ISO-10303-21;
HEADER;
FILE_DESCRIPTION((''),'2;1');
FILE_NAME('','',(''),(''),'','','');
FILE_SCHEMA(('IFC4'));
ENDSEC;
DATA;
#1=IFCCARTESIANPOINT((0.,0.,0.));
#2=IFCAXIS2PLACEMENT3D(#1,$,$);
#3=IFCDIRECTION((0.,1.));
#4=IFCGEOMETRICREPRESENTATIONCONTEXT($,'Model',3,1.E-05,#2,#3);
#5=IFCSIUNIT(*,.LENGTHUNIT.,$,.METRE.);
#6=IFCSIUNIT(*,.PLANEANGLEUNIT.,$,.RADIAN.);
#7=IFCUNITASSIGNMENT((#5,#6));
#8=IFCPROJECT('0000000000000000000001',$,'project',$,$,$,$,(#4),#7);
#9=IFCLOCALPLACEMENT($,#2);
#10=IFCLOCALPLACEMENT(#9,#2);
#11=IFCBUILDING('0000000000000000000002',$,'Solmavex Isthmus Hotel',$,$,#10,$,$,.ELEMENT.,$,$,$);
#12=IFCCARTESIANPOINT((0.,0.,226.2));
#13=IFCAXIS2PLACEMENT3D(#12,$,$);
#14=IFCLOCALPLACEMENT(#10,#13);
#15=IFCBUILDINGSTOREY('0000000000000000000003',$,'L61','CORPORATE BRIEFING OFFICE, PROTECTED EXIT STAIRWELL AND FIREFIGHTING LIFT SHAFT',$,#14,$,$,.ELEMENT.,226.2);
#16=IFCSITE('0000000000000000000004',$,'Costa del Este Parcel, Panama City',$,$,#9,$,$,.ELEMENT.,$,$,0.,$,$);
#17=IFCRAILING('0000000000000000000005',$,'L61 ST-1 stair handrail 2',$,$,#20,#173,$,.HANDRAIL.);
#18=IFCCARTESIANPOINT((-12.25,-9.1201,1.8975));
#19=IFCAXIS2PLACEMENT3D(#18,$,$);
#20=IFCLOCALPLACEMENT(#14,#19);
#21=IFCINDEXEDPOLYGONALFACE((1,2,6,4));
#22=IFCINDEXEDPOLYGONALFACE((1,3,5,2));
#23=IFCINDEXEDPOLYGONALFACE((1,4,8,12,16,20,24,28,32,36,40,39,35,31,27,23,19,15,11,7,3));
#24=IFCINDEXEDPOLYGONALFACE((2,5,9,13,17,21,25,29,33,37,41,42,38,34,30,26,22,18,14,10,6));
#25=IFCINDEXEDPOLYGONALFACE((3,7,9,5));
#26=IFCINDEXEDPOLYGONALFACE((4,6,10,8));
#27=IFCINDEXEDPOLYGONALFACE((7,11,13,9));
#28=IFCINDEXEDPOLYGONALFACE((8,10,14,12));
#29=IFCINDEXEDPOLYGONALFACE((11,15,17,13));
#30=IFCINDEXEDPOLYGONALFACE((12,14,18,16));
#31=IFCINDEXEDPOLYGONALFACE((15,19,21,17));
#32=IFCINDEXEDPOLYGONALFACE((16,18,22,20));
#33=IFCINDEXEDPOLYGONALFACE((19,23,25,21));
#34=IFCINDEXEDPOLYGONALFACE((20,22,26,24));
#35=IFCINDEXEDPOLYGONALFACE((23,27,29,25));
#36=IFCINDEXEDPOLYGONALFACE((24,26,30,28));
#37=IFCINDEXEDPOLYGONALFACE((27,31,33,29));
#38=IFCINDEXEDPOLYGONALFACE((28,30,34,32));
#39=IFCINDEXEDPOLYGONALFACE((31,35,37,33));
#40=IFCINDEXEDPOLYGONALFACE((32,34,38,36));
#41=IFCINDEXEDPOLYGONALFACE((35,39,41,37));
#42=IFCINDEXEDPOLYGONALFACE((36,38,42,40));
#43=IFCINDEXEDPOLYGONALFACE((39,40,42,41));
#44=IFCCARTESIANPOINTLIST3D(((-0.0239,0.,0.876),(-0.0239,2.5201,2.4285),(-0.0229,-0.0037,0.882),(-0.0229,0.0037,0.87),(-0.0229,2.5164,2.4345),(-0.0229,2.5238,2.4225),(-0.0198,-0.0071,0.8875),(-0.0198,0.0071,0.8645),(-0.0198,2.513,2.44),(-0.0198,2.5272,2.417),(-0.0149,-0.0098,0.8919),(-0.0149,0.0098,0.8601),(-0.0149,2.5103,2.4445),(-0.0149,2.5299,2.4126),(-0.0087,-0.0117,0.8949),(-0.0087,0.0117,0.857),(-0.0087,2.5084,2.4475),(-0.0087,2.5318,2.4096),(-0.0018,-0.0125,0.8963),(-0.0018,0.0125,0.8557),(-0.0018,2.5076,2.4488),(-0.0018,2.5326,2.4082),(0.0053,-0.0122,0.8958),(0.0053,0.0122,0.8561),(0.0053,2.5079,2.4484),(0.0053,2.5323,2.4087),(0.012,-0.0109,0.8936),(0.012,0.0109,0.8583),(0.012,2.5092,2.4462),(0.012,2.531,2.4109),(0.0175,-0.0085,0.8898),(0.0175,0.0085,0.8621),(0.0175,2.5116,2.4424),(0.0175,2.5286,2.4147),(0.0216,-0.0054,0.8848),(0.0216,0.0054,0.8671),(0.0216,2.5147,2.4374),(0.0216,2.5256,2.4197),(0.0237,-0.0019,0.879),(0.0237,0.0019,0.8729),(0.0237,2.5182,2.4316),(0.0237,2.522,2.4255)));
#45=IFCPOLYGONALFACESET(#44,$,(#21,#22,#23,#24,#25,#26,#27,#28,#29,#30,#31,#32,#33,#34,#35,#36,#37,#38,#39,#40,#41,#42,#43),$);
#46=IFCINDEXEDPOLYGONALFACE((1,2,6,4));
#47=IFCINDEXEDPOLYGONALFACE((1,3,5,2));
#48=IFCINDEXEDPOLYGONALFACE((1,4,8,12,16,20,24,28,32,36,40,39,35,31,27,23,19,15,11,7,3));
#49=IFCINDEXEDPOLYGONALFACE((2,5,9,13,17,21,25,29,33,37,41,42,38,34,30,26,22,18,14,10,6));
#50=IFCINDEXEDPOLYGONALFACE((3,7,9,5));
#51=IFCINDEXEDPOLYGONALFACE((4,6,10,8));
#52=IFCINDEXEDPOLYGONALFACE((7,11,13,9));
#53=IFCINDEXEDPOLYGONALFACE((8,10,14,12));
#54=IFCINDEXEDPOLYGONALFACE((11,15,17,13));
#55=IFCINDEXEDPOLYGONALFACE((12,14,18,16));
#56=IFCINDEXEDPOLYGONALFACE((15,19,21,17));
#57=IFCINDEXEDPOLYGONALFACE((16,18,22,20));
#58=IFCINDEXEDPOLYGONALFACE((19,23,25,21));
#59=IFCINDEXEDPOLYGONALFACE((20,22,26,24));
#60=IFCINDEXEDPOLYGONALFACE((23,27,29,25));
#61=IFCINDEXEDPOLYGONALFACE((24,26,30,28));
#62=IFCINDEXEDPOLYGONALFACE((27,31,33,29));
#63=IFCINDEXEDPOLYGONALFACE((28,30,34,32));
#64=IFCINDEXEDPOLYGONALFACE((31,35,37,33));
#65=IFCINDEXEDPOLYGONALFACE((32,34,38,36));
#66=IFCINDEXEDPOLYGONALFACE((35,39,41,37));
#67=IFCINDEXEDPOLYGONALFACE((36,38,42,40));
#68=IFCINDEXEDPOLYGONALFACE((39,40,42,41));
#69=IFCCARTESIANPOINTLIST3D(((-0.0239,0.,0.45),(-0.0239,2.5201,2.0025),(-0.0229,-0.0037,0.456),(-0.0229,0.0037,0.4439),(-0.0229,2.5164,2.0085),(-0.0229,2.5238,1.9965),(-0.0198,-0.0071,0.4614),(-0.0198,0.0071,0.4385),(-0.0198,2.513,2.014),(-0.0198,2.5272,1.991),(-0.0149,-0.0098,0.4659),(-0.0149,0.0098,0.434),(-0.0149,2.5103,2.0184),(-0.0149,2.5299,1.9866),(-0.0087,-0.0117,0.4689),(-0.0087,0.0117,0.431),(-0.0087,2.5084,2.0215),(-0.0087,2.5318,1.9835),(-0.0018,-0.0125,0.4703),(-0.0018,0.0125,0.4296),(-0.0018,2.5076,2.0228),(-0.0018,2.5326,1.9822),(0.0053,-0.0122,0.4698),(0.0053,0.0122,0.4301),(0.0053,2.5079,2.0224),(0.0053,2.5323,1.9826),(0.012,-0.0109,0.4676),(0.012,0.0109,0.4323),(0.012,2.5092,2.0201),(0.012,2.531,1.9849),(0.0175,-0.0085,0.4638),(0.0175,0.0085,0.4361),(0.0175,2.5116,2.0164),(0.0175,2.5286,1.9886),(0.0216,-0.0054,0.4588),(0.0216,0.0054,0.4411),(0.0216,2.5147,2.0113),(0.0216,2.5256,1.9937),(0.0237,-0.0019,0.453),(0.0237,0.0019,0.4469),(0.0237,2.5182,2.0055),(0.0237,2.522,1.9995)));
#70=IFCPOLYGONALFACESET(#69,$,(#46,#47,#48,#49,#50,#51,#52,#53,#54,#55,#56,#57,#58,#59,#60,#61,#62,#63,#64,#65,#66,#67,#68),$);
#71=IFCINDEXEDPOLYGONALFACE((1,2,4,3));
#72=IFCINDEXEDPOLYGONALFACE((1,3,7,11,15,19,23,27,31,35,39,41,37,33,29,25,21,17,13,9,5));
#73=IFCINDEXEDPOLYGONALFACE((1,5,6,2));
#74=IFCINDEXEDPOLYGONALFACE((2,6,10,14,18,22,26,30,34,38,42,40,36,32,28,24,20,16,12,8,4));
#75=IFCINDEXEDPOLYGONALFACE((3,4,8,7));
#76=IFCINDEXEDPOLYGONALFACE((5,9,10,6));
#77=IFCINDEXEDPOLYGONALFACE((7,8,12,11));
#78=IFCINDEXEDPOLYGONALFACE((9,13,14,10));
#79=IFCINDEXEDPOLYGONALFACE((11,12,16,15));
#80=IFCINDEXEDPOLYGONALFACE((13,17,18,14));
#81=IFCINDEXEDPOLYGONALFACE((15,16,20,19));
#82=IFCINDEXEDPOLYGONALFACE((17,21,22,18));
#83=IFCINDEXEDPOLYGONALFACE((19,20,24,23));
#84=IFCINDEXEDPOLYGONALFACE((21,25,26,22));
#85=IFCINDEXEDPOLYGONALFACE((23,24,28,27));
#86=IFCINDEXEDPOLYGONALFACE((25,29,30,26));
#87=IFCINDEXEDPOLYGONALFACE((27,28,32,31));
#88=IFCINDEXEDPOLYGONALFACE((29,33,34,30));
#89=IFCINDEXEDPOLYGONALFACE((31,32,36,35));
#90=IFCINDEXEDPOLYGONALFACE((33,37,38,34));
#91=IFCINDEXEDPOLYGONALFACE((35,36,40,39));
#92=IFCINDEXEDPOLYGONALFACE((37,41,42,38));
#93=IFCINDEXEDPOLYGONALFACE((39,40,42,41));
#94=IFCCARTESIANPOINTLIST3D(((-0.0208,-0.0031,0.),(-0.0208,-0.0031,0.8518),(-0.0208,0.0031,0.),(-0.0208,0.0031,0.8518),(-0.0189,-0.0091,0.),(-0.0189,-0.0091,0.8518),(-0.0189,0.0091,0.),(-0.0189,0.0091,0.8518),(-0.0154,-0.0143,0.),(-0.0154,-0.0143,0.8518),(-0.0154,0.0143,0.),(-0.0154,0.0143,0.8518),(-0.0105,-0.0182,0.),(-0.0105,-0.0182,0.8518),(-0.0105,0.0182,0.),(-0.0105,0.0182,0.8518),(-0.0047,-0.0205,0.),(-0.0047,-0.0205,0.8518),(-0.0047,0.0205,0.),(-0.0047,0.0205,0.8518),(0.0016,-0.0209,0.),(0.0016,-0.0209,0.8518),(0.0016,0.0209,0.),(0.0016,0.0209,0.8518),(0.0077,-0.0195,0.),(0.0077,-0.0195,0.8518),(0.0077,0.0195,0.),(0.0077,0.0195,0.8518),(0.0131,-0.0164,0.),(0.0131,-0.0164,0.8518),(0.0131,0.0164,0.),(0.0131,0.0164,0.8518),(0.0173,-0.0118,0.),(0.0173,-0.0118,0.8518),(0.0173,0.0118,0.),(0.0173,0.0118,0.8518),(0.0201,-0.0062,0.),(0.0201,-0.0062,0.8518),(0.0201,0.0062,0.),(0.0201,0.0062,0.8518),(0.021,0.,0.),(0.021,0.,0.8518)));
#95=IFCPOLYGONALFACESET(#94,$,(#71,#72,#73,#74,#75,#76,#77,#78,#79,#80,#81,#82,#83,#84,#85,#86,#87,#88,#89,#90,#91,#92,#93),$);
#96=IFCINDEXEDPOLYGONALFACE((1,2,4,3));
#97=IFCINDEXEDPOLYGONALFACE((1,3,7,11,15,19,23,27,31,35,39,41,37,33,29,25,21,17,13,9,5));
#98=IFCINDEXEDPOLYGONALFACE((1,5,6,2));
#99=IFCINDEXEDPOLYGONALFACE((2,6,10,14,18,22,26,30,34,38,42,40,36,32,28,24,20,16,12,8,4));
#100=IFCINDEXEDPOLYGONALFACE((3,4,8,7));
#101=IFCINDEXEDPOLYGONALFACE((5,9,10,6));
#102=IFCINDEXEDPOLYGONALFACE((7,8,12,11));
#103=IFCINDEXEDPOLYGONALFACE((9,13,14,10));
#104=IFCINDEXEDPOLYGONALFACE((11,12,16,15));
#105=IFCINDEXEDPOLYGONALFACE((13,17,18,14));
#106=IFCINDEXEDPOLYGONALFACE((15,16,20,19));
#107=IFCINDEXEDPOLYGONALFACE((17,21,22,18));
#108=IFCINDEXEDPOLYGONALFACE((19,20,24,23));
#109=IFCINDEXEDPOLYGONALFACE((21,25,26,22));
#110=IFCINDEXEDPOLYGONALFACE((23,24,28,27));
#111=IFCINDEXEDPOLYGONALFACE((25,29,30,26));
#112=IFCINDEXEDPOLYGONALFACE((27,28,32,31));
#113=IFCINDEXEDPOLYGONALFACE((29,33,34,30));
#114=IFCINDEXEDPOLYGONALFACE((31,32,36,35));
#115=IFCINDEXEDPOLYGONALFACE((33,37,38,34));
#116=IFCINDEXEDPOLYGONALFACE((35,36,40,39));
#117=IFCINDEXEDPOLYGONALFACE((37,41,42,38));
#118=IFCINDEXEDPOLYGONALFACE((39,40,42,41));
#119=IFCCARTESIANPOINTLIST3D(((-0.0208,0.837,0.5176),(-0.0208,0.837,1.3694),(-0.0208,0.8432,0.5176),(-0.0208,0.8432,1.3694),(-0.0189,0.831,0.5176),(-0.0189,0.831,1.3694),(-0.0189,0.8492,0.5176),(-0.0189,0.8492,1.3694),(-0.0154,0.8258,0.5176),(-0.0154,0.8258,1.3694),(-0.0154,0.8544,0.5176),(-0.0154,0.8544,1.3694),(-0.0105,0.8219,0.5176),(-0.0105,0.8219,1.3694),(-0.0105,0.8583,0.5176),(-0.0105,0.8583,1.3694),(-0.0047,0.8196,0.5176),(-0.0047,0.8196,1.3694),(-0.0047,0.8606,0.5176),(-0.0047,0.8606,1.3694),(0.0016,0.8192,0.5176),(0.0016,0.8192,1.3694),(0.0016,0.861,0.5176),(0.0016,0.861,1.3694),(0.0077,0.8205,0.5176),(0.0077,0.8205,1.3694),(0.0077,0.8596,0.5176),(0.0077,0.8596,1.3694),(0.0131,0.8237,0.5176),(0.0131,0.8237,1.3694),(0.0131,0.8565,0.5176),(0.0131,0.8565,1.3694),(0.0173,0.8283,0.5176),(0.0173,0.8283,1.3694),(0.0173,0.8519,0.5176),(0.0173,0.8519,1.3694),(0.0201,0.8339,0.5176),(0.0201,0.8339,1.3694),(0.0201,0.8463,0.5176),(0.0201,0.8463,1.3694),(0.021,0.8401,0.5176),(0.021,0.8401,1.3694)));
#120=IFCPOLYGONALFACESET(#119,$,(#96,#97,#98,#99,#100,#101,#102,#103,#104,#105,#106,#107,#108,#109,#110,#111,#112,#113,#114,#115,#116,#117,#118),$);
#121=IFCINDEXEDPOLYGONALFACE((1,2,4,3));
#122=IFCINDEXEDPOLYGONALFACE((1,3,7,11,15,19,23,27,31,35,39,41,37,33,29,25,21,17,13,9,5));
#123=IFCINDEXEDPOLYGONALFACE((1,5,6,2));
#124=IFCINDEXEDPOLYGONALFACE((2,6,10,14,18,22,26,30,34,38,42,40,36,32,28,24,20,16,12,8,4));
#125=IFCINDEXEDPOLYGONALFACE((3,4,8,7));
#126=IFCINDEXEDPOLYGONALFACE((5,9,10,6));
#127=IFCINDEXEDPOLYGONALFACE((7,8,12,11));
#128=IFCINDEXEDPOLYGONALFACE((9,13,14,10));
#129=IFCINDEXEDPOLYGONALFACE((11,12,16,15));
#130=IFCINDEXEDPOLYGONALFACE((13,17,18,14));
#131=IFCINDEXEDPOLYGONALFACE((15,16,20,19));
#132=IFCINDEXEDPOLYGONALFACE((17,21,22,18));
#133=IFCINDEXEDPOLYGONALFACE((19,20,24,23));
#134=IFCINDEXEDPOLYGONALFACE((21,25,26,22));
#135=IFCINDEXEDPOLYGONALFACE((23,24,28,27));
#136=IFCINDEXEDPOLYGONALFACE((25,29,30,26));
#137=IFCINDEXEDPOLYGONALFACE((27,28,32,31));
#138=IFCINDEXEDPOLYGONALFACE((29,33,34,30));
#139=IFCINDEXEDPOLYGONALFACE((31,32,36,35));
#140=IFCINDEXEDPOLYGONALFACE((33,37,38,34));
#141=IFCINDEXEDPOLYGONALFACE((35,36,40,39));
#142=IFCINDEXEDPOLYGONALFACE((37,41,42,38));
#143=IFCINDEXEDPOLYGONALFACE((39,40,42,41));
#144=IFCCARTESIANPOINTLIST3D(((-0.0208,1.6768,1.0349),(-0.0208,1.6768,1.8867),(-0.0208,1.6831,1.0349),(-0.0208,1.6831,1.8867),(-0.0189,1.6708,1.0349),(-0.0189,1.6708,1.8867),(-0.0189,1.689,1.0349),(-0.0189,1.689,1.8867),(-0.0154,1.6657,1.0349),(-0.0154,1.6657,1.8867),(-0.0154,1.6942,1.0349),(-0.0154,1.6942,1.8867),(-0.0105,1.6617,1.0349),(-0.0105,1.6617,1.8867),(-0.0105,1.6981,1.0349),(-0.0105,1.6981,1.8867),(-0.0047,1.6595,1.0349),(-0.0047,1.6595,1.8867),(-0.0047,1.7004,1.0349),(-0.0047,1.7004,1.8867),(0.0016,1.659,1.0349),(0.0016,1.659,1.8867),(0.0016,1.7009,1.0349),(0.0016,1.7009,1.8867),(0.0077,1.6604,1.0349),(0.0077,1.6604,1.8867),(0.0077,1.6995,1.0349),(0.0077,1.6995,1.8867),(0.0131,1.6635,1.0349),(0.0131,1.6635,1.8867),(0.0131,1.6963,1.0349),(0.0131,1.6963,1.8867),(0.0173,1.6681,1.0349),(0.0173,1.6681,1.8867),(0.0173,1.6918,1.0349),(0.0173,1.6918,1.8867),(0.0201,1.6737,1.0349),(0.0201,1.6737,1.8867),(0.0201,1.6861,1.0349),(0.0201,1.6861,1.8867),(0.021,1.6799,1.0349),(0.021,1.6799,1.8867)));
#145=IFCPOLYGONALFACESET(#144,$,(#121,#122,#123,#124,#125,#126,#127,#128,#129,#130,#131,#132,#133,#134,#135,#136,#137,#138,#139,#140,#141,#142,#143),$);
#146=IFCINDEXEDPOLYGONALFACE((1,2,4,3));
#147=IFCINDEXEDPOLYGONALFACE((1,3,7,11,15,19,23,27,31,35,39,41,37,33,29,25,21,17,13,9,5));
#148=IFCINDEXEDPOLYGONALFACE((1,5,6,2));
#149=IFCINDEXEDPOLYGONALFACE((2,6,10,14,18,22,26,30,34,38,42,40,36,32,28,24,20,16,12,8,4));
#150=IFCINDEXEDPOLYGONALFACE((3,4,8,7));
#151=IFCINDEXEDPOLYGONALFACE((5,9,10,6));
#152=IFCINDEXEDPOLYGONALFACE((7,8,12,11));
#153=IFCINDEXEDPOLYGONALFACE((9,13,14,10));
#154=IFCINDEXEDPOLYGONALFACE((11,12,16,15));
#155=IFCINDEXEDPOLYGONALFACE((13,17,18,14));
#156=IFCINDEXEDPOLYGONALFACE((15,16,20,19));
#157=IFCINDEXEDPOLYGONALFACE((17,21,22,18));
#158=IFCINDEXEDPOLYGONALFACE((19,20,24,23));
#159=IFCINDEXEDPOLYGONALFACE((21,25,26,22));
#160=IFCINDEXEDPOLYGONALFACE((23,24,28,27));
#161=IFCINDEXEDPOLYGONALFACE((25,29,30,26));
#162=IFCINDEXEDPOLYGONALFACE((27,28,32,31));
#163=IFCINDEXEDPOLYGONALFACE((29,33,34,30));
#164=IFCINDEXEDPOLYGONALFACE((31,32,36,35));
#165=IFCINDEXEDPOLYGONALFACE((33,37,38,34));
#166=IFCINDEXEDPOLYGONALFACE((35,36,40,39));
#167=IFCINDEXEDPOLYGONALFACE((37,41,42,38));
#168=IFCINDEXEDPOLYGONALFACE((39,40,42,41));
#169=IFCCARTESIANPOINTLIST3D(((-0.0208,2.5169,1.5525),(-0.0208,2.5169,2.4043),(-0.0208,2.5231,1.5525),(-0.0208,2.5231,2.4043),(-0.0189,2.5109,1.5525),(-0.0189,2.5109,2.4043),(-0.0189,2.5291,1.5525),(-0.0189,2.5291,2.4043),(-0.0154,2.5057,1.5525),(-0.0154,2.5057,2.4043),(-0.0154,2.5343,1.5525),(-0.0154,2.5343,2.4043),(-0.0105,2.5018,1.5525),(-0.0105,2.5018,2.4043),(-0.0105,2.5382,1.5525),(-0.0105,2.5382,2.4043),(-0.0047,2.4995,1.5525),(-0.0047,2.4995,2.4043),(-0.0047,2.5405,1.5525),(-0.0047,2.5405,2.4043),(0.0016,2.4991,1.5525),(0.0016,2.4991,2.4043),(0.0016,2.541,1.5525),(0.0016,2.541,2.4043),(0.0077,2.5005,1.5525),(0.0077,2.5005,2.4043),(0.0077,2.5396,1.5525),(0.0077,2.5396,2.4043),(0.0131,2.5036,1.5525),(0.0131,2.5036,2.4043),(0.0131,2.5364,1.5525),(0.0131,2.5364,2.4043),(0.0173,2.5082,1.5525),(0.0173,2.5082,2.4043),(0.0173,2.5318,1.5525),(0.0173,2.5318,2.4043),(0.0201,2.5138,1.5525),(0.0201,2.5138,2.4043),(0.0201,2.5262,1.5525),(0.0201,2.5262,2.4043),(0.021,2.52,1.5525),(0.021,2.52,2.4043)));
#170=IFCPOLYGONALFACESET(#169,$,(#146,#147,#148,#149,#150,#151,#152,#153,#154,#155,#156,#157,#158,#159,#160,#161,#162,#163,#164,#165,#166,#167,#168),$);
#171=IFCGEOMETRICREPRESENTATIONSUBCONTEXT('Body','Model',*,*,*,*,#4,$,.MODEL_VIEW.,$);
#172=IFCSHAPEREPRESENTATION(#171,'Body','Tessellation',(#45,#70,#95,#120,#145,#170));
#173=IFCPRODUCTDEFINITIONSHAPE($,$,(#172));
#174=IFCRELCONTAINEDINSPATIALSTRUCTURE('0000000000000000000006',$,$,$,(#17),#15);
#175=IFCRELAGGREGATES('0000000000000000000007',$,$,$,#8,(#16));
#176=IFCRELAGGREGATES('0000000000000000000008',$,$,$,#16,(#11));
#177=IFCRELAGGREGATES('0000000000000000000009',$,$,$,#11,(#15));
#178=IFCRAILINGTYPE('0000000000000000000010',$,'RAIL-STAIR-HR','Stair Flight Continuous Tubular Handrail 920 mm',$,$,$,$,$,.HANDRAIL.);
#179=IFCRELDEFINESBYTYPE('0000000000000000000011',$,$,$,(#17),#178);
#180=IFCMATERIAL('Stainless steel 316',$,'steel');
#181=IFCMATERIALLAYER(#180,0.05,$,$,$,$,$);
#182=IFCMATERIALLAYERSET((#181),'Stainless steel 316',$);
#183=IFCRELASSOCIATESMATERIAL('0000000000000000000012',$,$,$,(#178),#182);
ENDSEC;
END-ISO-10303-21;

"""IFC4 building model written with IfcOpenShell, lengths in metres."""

from ifc_helpers import new_model, si_unit, direction, frame, origin, origin_2d, place, context, subcontext, project, spatial, circle, extrude, material, layer, layer_set, type_object, element, save


model = new_model("IFC4")

# Units and contexts
model_context = context("Model", 3, precision=1e-05, world=origin(), true_north=direction((0.0, 1.0)))
body_context = subcontext(model_context, "Body", "Model", "MODEL_VIEW")
ifc_project = project(units=[si_unit("LENGTHUNIT", "METRE"), si_unit("PLANEANGLEUNIT", "RADIAN")], contexts=[model_context])

# Site, building, storey
site_placement = place(None, origin())
site = spatial("IfcSite", under=ifc_project, at=site_placement, Name="Costa del Este Parcel, Panama City", CompositionType="ELEMENT", RefElevation=0.0)
building_placement = place(site_placement, origin())
building = spatial("IfcBuilding", under=site, at=building_placement, Name="Solmavex Isthmus Hotel", CompositionType="ELEMENT")
storey_placement = place(building_placement, frame((0.0, 0.0, 226.2)))
storey = spatial("IfcBuildingStorey", under=building, at=storey_placement, Name="L61", Description="CORPORATE BRIEFING OFFICE, PROTECTED EXIT STAIRWELL AND FIREFIGHTING LIFT SHAFT", CompositionType="ELEMENT", Elevation=226.2)

# Shared definitions
ifc_material_1 = material(Name="Stainless steel 316", Category="steel")

# Railing
ifc_layer_1 = layer(ifc_material_1, 0.05)
ifc_layer_set_1 = layer_set([ifc_layer_1], Name="Stainless steel 316")
railing_type_1 = type_object("IfcRailingType", Name="RAIL-STAIR-HR", Description="Stair Flight Continuous Tubular Handrail 920 mm", PredefinedType="HANDRAIL", material=ifc_layer_set_1)
railing_1_placement = place(storey_placement, frame((-12.25, -9.1201, 1.8975)))
element("IfcRailing", 1, at=railing_1_placement, inside=storey, type_object=railing_type_1, Name="L61 ST-1 stair handrail 2", PredefinedType="HANDRAIL", context=body_context, shape_type="SweptSolid", body=[
    extrude(circle(Radius=0.0239, at=origin_2d()), frame((0.0, 0.0, 0.876), z_axis=(0.0, 0.8514, 0.524516), x_axis=(-1.0, 0.0, 0.0)), (0.0, 0.0, 1.0), 2.96),
    extrude(circle(Radius=0.0239, at=origin_2d()), frame((0.0, 0.0, 0.45), z_axis=(0.0, 0.8514, 0.524516), x_axis=(-1.0, 0.0, 0.0)), (0.0, 0.0, 1.0), 2.96),
    extrude(circle(Radius=0.021, at=origin_2d()), origin(), (0.0, 0.0, 1.0), 0.8518),
    extrude(circle(Radius=0.021, at=origin_2d()), frame((0.0, 0.8401, 0.5176)), (0.0, 0.0, 1.0), 0.8518),
    extrude(circle(Radius=0.021, at=origin_2d()), frame((0.0, 1.6799, 1.0349)), (0.0, 0.0, 1.0), 0.8518),
    extrude(circle(Radius=0.021, at=origin_2d()), frame((0.0, 2.52, 1.5525)), (0.0, 0.0, 1.0), 0.8518),
])

save(model, "model.ifc")
